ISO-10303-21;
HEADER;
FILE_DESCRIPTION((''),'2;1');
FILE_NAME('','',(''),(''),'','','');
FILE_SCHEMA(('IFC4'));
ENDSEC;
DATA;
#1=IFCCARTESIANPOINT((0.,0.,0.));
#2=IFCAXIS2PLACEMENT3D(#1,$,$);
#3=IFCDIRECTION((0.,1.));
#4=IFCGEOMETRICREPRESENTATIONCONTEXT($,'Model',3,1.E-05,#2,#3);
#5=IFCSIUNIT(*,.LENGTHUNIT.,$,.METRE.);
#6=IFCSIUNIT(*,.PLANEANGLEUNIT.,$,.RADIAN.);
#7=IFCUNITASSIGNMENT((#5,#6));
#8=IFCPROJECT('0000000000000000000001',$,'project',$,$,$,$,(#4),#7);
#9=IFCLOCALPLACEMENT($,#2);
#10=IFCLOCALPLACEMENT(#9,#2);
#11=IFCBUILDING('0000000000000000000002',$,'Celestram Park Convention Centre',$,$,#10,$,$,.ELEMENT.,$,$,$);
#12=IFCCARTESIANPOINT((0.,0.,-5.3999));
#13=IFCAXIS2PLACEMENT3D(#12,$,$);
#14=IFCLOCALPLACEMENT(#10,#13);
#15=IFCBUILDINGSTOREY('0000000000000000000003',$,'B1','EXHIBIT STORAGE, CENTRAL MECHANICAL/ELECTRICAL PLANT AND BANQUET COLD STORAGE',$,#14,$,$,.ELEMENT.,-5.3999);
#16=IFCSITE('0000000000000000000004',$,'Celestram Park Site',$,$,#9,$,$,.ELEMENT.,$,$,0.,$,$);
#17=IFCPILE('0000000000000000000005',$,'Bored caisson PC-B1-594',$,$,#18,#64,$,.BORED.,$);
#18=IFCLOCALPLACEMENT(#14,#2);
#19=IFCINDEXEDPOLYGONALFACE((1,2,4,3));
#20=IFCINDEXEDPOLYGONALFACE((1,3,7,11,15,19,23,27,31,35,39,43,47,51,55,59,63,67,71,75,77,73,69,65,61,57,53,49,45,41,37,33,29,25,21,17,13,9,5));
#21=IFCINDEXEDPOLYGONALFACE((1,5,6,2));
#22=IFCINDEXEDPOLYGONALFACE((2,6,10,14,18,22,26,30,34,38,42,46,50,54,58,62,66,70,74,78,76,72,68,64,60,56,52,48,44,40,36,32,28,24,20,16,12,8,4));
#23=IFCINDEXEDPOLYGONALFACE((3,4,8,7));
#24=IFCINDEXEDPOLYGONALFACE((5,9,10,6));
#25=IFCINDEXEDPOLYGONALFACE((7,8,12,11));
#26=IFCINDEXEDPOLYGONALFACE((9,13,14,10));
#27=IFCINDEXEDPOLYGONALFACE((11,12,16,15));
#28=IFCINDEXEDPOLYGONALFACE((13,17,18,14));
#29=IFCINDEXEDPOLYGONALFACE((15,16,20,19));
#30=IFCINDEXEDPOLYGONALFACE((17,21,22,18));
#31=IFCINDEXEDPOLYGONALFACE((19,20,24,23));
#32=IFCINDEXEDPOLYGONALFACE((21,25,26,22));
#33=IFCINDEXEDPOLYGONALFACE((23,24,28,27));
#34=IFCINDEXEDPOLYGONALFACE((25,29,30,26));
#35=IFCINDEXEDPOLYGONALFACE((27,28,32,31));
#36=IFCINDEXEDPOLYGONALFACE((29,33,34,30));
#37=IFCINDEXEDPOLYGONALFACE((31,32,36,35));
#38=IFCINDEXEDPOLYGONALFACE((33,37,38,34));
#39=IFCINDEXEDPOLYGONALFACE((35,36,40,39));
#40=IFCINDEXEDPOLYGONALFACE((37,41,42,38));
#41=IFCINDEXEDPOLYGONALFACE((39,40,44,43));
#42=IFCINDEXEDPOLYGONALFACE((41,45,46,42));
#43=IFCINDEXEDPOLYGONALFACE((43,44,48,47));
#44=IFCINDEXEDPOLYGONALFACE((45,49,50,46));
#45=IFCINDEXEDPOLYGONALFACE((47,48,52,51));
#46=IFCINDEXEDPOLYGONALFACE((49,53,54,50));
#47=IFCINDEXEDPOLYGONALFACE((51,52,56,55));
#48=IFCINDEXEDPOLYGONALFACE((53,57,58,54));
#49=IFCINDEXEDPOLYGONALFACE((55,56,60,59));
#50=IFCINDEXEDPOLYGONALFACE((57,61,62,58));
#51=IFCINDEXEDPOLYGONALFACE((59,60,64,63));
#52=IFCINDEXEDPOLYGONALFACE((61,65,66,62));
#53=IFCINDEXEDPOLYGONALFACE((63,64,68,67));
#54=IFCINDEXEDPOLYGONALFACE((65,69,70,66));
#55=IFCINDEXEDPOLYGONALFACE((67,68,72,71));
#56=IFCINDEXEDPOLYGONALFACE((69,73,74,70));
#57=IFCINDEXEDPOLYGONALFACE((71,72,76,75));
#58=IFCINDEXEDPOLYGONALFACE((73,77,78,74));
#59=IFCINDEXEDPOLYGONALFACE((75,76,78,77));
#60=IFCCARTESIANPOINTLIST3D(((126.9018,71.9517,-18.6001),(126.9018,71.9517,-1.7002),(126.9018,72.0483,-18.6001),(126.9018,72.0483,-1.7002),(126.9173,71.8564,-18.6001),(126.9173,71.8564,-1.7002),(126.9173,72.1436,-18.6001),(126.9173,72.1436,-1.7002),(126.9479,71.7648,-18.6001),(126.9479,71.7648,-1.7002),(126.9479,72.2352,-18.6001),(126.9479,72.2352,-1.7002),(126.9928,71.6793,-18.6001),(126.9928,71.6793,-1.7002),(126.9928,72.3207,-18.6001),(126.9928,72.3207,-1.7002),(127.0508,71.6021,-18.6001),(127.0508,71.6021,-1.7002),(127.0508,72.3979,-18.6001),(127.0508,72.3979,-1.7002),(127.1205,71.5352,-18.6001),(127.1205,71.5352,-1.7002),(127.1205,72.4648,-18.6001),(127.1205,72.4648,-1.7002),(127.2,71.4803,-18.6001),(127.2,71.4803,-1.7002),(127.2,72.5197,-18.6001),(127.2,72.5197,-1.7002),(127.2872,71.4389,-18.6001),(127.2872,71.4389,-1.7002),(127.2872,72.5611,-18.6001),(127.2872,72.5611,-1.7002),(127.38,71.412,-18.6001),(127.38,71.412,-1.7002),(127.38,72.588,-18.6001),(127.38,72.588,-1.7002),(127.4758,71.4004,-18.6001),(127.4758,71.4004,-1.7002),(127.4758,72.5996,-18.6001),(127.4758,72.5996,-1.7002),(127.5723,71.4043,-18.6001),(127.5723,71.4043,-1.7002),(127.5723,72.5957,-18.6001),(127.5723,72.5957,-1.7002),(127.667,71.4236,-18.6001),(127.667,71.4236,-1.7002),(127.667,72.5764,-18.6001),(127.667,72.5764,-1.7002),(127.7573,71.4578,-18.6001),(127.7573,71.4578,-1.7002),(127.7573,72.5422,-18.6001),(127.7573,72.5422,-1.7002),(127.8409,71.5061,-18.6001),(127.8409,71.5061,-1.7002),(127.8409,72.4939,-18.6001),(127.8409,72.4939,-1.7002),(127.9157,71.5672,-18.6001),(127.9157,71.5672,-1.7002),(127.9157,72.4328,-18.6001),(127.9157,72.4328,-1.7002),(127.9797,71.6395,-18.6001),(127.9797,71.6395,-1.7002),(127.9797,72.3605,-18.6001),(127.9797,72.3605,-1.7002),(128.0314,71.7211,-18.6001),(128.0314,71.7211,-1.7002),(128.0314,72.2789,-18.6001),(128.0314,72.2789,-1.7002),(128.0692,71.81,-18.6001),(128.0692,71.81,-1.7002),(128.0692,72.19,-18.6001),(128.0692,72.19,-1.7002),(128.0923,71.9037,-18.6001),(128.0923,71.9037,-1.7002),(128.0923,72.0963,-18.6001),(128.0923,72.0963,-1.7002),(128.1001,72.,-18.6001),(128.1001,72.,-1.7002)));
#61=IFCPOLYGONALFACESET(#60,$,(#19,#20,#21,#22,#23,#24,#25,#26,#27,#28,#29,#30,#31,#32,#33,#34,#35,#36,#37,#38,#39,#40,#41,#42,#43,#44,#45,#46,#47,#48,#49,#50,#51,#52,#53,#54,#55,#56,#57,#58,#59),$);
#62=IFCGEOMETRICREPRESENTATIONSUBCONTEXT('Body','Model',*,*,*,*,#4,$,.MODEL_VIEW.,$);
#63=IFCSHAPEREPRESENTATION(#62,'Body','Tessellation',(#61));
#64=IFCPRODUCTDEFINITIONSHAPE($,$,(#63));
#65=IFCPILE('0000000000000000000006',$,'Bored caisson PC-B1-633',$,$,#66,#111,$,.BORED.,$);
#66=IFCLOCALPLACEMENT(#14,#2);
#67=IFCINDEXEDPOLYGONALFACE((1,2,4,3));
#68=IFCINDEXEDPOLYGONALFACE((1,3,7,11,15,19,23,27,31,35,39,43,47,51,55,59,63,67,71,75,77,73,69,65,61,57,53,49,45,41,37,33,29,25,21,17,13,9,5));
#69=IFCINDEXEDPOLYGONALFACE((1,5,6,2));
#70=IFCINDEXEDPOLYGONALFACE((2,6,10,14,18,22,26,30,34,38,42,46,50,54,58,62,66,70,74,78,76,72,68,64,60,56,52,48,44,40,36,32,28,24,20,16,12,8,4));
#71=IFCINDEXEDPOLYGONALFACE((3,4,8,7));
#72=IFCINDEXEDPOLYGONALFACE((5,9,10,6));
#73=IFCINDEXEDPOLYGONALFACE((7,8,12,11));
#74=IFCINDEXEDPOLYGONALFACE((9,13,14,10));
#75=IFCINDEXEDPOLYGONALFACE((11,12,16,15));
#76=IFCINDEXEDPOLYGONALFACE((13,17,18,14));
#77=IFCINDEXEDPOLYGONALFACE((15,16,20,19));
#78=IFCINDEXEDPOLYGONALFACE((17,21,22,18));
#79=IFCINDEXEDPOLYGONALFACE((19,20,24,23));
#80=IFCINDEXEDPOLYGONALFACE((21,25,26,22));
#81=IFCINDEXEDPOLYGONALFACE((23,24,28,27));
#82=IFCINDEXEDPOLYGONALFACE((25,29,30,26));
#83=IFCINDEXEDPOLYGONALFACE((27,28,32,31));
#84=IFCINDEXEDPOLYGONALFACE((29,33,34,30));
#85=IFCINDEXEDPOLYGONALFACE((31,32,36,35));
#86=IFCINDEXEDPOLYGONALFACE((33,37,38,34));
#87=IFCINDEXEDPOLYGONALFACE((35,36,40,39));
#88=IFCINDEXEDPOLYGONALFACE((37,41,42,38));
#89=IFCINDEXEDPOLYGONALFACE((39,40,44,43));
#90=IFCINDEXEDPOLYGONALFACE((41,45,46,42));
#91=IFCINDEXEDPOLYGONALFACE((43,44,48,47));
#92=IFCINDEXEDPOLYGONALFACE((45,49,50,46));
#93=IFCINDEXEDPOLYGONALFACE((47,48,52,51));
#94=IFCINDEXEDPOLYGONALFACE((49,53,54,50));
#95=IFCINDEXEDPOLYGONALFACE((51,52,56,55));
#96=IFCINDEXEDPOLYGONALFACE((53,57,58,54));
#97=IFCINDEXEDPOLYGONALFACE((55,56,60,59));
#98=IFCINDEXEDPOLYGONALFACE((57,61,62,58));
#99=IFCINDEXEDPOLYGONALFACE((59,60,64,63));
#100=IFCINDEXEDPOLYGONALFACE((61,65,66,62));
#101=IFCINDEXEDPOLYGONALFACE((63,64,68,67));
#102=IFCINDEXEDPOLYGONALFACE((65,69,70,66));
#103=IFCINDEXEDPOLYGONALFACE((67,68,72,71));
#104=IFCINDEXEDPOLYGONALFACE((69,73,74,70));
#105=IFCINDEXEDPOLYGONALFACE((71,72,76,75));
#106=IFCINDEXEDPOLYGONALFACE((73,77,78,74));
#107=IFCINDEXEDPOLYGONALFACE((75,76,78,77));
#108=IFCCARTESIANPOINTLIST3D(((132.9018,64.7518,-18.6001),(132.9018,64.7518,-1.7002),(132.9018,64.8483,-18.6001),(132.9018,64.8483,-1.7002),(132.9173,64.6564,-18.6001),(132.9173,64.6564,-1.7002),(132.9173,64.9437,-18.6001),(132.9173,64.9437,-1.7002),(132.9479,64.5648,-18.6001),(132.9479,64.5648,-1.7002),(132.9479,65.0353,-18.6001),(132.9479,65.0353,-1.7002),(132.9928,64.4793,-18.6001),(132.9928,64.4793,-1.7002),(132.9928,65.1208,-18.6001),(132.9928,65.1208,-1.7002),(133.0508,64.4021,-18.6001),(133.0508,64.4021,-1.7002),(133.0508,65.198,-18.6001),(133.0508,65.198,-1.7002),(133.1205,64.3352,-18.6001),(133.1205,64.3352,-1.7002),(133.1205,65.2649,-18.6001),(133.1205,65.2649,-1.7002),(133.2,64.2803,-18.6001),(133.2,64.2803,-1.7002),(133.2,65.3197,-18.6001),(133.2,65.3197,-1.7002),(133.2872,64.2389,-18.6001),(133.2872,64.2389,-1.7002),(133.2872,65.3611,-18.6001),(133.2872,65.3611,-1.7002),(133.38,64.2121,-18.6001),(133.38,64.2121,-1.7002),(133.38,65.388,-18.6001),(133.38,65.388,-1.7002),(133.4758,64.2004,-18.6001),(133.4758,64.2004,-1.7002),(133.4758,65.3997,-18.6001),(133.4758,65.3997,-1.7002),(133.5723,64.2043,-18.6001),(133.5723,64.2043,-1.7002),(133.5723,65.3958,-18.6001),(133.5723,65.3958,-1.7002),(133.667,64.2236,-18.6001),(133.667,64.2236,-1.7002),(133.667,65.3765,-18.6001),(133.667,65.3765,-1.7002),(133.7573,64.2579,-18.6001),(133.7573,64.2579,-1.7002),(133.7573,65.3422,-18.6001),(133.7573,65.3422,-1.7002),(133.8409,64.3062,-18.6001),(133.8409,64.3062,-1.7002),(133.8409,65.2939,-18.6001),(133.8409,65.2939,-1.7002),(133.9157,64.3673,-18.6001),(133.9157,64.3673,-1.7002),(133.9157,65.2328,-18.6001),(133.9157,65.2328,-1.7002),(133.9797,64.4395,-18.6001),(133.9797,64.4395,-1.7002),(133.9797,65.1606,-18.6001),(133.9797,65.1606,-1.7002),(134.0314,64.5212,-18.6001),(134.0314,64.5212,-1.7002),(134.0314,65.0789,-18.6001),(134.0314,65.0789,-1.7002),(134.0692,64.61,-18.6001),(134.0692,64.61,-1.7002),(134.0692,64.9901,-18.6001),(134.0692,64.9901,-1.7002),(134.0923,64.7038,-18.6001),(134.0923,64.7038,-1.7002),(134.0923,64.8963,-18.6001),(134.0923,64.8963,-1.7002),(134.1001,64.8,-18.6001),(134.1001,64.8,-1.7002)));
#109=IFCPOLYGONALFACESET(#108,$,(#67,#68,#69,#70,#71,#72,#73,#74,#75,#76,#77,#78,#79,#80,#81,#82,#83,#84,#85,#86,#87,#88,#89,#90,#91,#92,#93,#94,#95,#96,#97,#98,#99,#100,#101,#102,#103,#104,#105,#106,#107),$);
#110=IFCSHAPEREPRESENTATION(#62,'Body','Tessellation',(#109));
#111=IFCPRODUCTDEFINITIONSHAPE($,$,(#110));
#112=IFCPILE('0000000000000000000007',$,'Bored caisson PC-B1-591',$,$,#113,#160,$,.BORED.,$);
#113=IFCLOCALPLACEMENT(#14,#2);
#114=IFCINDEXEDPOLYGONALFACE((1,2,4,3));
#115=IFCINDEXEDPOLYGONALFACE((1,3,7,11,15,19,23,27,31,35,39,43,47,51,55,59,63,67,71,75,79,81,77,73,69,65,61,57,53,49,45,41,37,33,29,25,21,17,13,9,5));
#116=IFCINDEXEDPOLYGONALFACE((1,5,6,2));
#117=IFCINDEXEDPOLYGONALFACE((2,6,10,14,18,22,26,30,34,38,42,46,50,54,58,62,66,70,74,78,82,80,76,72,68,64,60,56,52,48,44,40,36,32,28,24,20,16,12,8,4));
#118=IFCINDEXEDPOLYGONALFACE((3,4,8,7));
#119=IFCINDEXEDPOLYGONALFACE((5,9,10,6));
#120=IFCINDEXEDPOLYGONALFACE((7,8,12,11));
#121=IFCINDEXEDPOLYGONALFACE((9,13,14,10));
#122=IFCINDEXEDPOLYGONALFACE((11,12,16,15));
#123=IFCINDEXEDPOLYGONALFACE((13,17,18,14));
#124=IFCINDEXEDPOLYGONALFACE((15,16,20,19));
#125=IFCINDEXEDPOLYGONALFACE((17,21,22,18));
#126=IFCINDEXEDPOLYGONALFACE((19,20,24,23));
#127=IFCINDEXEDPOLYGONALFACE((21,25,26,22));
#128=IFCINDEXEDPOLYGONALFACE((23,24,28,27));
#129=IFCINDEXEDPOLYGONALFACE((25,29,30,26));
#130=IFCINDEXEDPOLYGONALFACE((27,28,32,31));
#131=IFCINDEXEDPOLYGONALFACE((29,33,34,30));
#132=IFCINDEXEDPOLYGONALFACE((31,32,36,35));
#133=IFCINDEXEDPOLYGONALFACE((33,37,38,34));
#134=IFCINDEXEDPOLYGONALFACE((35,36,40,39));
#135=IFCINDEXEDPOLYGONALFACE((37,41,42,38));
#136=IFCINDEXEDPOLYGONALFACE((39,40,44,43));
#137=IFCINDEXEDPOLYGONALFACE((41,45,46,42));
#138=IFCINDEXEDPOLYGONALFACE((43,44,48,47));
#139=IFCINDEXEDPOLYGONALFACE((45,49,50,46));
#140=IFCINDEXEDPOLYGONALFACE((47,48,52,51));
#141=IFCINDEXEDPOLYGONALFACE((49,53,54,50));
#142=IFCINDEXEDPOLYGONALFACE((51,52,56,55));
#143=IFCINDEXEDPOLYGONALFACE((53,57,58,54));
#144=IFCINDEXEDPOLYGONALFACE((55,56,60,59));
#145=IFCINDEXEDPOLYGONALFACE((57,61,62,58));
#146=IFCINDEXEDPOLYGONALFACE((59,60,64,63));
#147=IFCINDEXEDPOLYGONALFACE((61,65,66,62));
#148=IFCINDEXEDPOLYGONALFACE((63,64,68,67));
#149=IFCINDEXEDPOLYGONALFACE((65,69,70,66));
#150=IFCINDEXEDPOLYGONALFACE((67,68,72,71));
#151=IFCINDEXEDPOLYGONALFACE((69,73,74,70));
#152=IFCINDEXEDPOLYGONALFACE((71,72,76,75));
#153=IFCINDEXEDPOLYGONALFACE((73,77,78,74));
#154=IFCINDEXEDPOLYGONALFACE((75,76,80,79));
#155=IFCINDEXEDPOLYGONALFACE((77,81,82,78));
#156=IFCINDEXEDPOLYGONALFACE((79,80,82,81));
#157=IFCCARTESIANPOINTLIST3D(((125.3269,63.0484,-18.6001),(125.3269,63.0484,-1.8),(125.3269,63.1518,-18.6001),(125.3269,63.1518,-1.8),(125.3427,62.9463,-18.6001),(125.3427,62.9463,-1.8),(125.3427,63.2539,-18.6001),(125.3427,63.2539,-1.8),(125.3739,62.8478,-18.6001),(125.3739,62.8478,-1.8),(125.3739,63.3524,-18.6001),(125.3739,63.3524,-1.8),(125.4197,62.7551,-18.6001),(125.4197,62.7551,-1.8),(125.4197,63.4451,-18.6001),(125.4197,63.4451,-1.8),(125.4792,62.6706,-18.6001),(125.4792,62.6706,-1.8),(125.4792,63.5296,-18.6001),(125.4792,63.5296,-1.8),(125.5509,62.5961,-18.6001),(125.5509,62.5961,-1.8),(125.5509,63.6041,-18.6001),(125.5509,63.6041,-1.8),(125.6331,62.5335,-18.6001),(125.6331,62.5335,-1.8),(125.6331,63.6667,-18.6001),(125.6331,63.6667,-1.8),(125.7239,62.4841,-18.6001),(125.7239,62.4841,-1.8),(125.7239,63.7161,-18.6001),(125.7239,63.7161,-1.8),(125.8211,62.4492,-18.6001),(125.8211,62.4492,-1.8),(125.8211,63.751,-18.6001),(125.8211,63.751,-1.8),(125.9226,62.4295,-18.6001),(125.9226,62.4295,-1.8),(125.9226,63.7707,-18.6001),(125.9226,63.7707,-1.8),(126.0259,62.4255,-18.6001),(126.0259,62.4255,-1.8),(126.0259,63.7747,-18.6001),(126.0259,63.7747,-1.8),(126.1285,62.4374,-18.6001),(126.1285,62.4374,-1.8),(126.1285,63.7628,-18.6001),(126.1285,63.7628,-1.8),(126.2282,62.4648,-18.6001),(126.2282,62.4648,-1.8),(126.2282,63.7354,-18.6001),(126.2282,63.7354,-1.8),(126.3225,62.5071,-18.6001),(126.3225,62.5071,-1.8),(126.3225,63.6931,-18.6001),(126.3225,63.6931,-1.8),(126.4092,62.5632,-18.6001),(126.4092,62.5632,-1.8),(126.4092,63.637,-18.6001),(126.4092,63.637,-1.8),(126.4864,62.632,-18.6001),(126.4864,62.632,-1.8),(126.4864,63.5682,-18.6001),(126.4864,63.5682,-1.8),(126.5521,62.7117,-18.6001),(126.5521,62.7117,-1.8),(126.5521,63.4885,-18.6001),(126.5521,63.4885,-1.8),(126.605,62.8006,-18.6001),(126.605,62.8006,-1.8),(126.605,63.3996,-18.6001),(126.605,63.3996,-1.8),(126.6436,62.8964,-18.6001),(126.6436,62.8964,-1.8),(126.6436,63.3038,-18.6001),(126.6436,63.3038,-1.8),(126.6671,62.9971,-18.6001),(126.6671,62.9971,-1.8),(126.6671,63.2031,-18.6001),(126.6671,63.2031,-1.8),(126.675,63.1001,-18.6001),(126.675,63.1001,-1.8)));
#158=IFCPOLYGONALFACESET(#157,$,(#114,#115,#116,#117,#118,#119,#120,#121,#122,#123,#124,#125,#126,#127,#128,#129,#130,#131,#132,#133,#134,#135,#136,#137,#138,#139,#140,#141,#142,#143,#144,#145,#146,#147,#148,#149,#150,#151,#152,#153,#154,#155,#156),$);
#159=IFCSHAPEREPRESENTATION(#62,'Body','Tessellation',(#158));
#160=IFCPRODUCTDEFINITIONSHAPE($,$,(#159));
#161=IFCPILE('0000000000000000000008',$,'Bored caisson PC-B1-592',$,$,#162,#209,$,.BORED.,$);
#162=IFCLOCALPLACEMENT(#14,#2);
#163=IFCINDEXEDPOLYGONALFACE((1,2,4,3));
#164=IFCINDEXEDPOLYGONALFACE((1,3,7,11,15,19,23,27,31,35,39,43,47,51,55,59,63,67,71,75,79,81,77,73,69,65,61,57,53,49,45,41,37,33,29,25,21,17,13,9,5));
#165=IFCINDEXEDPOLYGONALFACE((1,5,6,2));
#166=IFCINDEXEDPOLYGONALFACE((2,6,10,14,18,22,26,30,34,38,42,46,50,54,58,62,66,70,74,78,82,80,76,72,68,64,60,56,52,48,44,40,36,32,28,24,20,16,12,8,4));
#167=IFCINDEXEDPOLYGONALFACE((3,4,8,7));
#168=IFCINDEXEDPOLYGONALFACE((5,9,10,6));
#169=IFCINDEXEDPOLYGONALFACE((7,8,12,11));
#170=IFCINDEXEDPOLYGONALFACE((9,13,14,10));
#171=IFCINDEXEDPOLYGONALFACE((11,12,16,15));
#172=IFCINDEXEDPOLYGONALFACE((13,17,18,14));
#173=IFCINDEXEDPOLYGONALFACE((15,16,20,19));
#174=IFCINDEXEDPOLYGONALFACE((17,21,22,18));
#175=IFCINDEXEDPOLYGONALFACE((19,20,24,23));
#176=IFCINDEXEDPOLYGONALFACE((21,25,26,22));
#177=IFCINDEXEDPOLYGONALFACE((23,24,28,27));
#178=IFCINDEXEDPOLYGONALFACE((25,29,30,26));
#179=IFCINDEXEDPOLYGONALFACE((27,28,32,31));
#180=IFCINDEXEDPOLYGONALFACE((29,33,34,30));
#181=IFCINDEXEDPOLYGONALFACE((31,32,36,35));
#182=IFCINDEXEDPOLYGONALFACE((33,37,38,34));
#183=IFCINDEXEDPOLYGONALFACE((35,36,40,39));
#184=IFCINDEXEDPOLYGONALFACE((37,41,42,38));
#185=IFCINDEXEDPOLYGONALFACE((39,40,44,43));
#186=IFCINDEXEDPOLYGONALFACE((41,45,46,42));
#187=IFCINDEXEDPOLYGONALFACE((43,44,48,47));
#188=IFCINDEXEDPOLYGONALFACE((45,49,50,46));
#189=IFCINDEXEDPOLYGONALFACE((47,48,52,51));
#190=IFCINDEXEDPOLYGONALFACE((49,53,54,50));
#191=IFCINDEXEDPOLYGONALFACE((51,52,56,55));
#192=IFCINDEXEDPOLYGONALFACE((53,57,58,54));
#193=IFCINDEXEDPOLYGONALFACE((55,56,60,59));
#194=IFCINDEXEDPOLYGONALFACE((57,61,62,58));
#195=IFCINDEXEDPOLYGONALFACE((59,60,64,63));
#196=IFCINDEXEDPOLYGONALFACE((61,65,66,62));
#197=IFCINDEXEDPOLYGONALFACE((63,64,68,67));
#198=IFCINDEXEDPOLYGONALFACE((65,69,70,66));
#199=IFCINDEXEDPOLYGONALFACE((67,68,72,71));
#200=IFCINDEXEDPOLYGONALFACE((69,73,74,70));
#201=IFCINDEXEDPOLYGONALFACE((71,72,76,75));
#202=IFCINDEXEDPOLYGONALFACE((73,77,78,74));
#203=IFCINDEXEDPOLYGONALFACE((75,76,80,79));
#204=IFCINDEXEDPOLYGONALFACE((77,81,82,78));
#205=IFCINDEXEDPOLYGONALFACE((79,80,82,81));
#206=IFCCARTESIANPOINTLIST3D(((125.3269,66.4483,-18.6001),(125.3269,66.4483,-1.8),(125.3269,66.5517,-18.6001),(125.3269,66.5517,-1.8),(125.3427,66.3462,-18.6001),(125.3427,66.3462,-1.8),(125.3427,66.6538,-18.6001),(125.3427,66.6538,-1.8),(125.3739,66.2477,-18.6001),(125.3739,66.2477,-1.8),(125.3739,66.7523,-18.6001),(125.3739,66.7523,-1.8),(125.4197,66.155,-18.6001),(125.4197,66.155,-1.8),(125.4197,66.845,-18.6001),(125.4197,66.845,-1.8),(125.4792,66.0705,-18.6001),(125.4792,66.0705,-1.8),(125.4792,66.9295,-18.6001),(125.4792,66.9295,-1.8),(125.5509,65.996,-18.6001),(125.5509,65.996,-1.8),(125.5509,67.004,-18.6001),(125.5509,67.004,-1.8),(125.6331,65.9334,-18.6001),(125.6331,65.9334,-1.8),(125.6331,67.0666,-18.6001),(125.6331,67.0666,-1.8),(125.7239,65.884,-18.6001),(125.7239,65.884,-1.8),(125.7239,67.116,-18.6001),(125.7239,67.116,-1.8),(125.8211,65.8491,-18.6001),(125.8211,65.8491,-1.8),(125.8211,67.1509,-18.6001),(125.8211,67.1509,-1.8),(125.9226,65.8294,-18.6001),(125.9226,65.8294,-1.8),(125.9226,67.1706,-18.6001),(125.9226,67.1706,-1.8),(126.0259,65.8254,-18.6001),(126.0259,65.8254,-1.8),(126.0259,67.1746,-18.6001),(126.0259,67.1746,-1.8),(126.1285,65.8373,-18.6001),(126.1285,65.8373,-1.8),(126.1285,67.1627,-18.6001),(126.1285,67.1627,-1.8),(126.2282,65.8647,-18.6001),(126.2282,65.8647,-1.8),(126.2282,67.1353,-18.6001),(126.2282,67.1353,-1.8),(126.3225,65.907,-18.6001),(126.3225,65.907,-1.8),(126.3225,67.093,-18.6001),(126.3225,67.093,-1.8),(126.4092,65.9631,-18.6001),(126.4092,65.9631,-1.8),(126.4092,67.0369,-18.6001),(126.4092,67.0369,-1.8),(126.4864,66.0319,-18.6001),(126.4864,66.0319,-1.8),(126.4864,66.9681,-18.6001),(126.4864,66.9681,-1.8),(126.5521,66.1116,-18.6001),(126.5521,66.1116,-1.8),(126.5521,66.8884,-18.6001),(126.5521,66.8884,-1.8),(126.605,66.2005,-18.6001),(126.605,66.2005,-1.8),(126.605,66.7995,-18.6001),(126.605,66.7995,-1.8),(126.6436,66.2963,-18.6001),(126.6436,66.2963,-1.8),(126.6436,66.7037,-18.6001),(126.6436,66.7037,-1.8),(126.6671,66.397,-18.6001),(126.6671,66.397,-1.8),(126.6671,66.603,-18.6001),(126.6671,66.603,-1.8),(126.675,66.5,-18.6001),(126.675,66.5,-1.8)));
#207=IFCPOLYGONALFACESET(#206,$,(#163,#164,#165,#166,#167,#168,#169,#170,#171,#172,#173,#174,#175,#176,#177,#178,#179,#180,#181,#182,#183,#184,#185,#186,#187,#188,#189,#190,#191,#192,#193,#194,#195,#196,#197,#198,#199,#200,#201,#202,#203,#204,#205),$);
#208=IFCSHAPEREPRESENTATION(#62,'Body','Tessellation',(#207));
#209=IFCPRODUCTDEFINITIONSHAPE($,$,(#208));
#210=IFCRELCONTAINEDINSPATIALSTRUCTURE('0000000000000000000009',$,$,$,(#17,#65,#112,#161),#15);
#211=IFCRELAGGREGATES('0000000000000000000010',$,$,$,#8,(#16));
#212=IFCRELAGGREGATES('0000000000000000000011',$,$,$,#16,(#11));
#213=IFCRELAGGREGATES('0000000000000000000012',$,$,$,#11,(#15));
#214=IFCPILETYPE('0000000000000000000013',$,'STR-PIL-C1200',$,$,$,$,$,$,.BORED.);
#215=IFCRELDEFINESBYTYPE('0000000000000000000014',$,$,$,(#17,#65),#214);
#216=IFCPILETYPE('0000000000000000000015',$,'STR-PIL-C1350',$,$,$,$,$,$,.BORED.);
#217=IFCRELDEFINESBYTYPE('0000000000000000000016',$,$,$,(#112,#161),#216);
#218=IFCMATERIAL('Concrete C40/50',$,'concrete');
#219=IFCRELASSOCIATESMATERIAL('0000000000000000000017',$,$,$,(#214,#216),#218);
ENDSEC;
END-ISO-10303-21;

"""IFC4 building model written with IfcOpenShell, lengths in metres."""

from ifc_helpers import new_model, si_unit, direction, frame, origin, origin_2d, place, context, subcontext, project, spatial, circle, extrude, material, material_profile, profile_set, type_object, element, save


model = new_model("IFC4")

# Units and contexts
model_context = context("Model", 3, precision=1e-05, world=origin(), true_north=direction((0.0, 1.0)))
body_context = subcontext(model_context, "Body", "Model", "MODEL_VIEW")
ifc_project = project(units=[si_unit("LENGTHUNIT", "METRE"), si_unit("PLANEANGLEUNIT", "RADIAN")], contexts=[model_context])

# Site, building, storey
site_placement = place(None, origin())
site = spatial("IfcSite", under=ifc_project, at=site_placement, Name="Celestram Park Site", CompositionType="ELEMENT", RefElevation=0.0)
building_placement = place(site_placement, origin())
building = spatial("IfcBuilding", under=site, at=building_placement, Name="Celestram Park Convention Centre", CompositionType="ELEMENT")
storey_placement = place(building_placement, frame((0.0, 0.0, -5.3999)))
storey = spatial("IfcBuildingStorey", under=building, at=storey_placement, Name="B1", Description="EXHIBIT STORAGE, CENTRAL MECHANICAL/ELECTRICAL PLANT AND BANQUET COLD STORAGE", CompositionType="ELEMENT", Elevation=-5.3999)

# Shared definitions
ifc_material_1 = material(Name="Concrete C40/50", Category="concrete")

# Piles
ifc_material_profile_1 = material_profile(ifc_material_1, circle(Radius=0.6001, at=origin_2d()), Name="CAISSON1200")
ifc_profile_set_1 = profile_set([ifc_material_profile_1], Name="Concrete C40/50")
pile_type_1 = type_object("IfcPileType", Name="STR-PIL-C1200", PredefinedType="BORED", material=ifc_profile_set_1)
for number, where, z_axis, x_axis, name in (
    (1, (127.5, 72.0, -1.7002), (0.0, 0.0, -1.0), (1.0, 0.0, 0.0), "Bored caisson PC-B1-594"),
    (2, (133.5, 64.8, -1.7002), (0.0, 0.0, -1.0), (1.0, 0.0, 0.0), "Bored caisson PC-B1-633"),
):
    element("IfcPile", number, at=place(storey_placement, frame(where, z_axis=z_axis, x_axis=x_axis)), inside=storey, type_object=pile_type_1, Name=name, PredefinedType="BORED", context=body_context, shape_type="SweptSolid", body=[
        extrude(circle(Radius=0.6001, at=origin_2d()), origin(), (0.0, 0.0, 1.0), 16.8999),
    ])
ifc_material_profile_2 = material_profile(ifc_material_1, circle(Radius=0.675, at=origin_2d()), Name="CAISSON1350")
ifc_profile_set_2 = profile_set([ifc_material_profile_2], Name="Concrete C40/50")
pile_type_2 = type_object("IfcPileType", Name="STR-PIL-C1350", PredefinedType="BORED", material=ifc_profile_set_2)
for number, where, z_axis, x_axis, name in (
    (3, (126.0, 63.1001, -1.8), (0.0, 0.0, -1.0), (1.0, 0.0, 0.0), "Bored caisson PC-B1-591"),
    (4, (126.0, 66.5, -1.8), (0.0, 0.0, -1.0), (1.0, 0.0, 0.0), "Bored caisson PC-B1-592"),
):
    element("IfcPile", number, at=place(storey_placement, frame(where, z_axis=z_axis, x_axis=x_axis)), inside=storey, type_object=pile_type_2, Name=name, PredefinedType="BORED", context=body_context, shape_type="SweptSolid", body=[
        extrude(circle(Radius=0.675, at=origin_2d()), origin(), (0.0, 0.0, 1.0), 16.8),
    ])

save(model, "model.ifc")
